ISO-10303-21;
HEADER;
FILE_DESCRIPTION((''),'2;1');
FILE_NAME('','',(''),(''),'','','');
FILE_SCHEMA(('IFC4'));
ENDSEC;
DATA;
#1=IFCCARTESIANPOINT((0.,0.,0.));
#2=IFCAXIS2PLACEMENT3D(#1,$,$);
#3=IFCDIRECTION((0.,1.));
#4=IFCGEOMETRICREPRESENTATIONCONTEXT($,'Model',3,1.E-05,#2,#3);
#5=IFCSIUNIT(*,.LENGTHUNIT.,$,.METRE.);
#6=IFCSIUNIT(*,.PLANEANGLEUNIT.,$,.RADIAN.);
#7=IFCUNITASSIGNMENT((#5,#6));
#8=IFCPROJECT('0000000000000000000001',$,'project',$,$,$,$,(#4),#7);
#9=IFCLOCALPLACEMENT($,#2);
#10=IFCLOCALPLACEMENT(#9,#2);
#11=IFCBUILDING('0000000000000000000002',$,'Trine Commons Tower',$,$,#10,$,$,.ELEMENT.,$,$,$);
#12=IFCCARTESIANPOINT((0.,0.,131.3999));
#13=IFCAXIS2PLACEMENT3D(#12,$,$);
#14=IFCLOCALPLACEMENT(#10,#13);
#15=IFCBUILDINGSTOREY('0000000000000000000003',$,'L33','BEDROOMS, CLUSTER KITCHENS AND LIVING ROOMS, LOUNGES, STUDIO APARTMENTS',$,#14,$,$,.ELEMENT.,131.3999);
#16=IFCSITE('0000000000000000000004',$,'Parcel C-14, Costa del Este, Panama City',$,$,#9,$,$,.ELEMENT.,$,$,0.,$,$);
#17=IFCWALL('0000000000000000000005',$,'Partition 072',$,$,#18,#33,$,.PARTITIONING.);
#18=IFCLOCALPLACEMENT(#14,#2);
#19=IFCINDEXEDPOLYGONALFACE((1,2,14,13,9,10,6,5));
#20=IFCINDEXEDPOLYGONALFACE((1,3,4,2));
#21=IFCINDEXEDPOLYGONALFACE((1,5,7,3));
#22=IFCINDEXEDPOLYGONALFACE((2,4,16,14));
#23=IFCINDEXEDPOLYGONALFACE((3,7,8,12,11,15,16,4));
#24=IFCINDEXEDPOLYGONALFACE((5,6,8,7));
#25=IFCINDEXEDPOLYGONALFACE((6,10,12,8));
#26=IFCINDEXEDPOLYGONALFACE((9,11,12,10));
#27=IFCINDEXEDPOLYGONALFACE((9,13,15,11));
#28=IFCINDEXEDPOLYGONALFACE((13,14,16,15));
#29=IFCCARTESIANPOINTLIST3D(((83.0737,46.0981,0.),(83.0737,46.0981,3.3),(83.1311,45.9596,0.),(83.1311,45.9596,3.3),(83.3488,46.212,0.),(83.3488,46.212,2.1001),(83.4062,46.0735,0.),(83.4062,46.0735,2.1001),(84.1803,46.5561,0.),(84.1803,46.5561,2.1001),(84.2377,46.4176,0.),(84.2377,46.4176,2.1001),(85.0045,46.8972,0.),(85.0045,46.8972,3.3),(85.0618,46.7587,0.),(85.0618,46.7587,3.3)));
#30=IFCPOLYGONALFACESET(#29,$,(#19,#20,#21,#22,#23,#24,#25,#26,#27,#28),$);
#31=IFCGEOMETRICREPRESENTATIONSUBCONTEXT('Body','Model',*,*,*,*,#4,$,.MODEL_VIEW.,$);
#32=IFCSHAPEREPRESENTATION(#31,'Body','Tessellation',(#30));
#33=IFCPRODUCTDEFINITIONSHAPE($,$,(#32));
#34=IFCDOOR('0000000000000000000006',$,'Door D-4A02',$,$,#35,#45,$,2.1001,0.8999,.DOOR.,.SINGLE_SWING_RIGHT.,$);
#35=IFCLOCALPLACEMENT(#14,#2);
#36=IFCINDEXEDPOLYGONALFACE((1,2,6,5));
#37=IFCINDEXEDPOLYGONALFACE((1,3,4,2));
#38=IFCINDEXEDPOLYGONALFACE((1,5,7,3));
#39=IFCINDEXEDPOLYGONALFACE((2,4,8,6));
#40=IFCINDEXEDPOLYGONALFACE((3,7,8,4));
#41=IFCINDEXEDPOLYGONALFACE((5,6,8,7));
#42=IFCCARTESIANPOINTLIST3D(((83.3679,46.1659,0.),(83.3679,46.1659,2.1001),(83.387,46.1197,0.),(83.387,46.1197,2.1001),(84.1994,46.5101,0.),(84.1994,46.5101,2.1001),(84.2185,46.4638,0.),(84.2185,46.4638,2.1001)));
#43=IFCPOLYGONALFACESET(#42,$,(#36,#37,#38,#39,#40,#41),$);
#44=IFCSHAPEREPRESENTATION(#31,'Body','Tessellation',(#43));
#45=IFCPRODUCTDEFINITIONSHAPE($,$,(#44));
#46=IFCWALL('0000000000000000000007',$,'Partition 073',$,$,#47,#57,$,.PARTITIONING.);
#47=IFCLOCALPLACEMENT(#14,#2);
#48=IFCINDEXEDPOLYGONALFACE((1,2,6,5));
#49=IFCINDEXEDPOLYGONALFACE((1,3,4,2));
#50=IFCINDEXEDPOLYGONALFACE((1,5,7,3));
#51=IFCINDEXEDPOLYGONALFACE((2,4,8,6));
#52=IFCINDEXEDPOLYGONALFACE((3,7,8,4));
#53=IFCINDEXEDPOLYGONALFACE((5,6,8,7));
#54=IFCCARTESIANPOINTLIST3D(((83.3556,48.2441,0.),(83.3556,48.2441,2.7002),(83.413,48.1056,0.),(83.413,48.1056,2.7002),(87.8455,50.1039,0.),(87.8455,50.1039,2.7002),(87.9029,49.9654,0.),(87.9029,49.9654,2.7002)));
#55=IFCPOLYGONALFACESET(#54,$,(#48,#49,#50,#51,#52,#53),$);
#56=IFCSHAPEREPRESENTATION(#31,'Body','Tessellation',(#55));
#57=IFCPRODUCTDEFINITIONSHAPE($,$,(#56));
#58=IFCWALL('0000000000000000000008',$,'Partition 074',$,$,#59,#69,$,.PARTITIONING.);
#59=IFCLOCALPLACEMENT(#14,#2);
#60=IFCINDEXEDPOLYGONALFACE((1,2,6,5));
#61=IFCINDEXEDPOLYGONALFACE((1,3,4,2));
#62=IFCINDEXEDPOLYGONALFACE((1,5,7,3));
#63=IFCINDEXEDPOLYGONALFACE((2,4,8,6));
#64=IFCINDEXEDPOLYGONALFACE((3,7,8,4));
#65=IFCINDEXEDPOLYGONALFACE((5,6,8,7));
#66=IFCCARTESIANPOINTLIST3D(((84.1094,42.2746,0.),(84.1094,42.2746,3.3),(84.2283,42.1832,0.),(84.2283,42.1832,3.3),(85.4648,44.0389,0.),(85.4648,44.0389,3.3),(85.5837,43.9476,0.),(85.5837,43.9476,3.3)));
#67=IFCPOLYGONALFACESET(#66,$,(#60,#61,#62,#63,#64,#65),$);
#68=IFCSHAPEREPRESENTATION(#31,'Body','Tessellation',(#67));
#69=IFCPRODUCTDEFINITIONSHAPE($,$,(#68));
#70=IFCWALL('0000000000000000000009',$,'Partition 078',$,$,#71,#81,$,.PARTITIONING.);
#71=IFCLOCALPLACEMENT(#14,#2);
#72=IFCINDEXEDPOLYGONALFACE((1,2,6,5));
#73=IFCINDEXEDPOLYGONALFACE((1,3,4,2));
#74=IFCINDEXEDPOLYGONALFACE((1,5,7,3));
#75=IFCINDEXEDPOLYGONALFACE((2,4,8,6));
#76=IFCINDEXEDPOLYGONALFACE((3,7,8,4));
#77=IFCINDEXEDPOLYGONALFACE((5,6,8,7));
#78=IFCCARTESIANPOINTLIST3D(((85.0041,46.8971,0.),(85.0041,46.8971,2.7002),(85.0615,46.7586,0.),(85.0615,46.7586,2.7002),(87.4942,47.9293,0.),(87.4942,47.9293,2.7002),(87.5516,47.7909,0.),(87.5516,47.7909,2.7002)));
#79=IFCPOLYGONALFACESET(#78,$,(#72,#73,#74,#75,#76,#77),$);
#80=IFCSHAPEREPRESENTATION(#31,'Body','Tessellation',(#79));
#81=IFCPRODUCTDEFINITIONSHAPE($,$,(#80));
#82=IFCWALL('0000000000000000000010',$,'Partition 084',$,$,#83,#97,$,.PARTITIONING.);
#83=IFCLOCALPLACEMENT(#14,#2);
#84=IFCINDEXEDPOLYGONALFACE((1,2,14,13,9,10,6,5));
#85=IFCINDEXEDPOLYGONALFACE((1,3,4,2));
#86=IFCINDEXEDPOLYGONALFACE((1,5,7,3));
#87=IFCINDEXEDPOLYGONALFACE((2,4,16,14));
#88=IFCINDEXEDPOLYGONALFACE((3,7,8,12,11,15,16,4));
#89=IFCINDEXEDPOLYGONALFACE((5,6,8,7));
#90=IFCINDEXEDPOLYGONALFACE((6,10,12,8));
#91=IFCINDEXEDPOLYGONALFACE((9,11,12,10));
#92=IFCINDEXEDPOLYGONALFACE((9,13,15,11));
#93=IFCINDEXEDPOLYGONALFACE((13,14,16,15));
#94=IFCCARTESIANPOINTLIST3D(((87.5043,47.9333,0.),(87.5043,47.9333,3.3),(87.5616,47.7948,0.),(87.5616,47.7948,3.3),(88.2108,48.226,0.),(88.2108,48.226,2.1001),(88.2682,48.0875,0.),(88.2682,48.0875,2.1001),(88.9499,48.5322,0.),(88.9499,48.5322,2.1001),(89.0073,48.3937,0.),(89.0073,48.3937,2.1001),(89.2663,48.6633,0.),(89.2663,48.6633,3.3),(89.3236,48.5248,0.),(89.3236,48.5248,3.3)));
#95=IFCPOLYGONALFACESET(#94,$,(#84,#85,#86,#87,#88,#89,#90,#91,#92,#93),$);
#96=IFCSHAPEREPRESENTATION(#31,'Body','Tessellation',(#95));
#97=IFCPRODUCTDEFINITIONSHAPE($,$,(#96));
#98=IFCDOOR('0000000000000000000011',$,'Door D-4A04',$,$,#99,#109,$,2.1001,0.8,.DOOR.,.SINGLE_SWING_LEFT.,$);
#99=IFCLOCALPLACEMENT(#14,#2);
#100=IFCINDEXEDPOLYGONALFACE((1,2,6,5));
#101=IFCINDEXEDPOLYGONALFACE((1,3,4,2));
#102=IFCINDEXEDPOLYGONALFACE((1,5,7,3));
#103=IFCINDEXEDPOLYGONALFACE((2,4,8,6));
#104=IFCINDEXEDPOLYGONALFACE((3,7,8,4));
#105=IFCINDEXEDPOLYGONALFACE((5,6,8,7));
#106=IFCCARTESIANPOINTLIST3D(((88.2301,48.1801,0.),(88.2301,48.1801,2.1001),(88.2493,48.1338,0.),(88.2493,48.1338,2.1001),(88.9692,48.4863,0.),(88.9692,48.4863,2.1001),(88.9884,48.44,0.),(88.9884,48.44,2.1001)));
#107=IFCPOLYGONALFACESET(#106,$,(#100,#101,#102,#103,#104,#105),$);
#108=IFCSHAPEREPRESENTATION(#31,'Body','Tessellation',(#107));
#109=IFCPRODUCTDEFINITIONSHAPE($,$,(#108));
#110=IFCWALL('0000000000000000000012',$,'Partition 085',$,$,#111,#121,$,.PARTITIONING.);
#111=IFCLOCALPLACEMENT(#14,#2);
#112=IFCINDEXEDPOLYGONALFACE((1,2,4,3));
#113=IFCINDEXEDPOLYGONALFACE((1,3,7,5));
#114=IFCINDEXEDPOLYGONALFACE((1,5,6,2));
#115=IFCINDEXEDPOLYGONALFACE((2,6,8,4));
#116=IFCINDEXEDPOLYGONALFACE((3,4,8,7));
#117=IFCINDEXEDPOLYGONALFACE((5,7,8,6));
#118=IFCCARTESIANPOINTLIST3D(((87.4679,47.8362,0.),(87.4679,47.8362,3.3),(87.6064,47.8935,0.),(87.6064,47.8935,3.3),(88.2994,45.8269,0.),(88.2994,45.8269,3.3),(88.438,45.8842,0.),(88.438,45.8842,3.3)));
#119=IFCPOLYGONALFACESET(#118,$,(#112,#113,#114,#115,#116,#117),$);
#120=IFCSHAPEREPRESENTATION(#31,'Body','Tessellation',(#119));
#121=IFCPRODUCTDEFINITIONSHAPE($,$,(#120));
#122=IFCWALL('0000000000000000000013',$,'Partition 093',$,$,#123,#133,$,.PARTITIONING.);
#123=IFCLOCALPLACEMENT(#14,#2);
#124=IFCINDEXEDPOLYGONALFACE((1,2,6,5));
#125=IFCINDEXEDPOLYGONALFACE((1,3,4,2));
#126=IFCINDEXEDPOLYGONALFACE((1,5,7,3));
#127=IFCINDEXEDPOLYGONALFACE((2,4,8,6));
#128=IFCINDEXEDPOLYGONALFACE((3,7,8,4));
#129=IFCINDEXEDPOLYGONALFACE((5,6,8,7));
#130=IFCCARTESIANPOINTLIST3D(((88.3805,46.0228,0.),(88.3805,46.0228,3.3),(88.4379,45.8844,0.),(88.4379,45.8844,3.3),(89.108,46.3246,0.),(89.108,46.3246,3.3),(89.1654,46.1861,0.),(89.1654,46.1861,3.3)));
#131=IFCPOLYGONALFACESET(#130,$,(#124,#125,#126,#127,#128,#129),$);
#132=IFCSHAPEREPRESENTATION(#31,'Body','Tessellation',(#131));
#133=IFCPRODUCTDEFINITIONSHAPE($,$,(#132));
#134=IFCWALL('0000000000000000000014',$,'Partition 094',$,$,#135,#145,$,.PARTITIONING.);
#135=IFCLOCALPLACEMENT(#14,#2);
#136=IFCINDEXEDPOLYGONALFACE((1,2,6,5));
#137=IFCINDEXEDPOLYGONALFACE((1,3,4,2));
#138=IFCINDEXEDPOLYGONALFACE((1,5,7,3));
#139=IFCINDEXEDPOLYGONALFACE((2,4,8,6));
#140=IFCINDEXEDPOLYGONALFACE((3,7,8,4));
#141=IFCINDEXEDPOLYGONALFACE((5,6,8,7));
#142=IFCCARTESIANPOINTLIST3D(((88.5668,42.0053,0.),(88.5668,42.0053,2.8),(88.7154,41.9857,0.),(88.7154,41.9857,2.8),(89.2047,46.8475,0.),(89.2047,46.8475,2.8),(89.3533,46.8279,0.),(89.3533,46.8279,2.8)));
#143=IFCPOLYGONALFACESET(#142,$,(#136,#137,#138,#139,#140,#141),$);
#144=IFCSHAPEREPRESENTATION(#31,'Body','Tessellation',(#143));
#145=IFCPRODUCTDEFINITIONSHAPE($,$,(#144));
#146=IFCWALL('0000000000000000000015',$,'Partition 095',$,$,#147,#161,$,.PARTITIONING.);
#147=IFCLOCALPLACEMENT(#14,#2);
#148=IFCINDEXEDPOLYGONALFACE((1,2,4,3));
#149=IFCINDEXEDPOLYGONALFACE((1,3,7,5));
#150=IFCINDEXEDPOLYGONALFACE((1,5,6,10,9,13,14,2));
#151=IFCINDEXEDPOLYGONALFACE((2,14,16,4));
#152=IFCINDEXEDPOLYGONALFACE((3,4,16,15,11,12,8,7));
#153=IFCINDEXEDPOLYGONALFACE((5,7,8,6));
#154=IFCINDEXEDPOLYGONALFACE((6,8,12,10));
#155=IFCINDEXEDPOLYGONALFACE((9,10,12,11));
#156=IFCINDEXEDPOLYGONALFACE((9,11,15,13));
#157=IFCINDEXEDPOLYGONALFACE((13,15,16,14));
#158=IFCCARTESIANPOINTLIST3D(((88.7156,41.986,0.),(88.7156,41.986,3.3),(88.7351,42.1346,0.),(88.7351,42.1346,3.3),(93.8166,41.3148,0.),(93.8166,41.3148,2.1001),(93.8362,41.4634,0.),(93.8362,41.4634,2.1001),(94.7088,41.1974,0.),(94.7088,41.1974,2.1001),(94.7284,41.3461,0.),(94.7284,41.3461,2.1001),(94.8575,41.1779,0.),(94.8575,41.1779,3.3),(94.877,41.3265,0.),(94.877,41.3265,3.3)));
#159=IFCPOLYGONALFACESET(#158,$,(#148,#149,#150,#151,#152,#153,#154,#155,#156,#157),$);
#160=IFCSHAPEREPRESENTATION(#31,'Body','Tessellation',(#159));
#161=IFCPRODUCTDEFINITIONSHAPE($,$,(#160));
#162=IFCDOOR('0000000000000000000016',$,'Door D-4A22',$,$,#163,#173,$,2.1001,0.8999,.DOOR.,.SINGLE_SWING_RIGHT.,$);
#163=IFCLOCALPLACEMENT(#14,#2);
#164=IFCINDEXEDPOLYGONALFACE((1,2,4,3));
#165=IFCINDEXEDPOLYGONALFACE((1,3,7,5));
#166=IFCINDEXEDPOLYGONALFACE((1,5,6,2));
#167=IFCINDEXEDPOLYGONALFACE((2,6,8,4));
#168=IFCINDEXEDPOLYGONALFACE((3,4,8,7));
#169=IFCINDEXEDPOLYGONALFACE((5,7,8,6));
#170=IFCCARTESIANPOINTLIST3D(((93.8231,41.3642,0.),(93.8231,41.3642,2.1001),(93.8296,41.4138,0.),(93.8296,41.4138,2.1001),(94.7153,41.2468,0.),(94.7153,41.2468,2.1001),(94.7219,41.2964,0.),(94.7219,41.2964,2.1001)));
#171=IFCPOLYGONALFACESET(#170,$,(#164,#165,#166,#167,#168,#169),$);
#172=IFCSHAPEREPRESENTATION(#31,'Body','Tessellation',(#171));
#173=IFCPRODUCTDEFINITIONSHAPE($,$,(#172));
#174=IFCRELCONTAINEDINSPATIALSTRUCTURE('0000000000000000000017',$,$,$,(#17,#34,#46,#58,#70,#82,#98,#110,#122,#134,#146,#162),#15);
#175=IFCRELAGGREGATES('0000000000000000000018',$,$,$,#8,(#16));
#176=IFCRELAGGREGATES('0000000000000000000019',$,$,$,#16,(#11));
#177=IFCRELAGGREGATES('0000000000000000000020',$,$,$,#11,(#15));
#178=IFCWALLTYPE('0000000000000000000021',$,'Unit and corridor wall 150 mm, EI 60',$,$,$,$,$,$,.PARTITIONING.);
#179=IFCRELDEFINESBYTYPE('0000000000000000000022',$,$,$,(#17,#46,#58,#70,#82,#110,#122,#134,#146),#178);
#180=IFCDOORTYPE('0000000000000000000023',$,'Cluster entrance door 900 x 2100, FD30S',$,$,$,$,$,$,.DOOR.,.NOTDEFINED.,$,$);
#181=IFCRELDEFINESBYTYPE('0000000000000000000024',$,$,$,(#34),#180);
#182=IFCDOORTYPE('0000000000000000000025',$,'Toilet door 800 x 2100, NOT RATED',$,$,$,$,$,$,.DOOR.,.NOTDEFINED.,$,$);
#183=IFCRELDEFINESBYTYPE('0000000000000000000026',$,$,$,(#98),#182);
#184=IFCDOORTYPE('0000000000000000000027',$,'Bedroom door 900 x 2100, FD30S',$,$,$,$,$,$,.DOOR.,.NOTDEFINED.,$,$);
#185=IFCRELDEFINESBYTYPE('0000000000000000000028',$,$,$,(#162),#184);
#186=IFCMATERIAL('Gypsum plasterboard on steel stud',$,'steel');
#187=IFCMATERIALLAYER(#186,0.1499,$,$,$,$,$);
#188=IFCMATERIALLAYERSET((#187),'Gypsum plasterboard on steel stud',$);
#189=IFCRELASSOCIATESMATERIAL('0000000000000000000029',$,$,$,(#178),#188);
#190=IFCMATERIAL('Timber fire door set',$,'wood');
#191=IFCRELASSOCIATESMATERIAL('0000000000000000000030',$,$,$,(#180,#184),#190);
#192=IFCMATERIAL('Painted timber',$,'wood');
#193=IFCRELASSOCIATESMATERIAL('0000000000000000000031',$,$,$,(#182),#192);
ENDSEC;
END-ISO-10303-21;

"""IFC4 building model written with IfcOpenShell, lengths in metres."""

from ifc_helpers import new_model, si_unit, direction, frame, frame_2d, origin, place, context, subcontext, project, spatial, rectangle, extrude, material, layer, layer_set, type_object, element, fill, save


model = new_model("IFC4")

# Units and contexts
model_context = context("Model", 3, precision=1e-05, world=origin(), true_north=direction((0.0, 1.0)))
body_context = subcontext(model_context, "Body", "Model", "MODEL_VIEW")
ifc_project = project(units=[si_unit("LENGTHUNIT", "METRE"), si_unit("PLANEANGLEUNIT", "RADIAN")], contexts=[model_context])

# Site, building, storey
site_placement = place(None, origin())
site = spatial("IfcSite", under=ifc_project, at=site_placement, Name="Parcel C-14, Costa del Este, Panama City", CompositionType="ELEMENT", RefElevation=0.0)
building_placement = place(site_placement, origin())
building = spatial("IfcBuilding", under=site, at=building_placement, Name="Trine Commons Tower", CompositionType="ELEMENT")
storey_placement = place(building_placement, frame((0.0, 0.0, 131.3999)))
storey = spatial("IfcBuildingStorey", under=building, at=storey_placement, Name="L33", Description="BEDROOMS, CLUSTER KITCHENS AND LIVING ROOMS, LOUNGES, STUDIO APARTMENTS", CompositionType="ELEMENT", Elevation=131.3999)

# Wall, opening, door
ifc_material_1 = material(Name="Gypsum plasterboard on steel stud", Category="steel")
ifc_layer_1 = layer(ifc_material_1, 0.1499)
ifc_layer_set_1 = layer_set([ifc_layer_1], Name="Gypsum plasterboard on steel stud")
wall_type_1 = type_object("IfcWallType", Name="Unit and corridor wall 150 mm, EI 60", PredefinedType="PARTITIONING", material=ifc_layer_set_1)
wall_1_placement = place(storey_placement, frame((83.1023, 46.0288, 0.0), z_axis=(0.0, 0.0, 1.0), x_axis=(0.923987, 0.382424, 0.0)))
wall_1 = element("IfcWall", 1, at=wall_1_placement, inside=storey, type_object=wall_type_1, Name="Partition 072", PredefinedType="PARTITIONING", context=body_context, shape_type="SweptSolid", body=[
    extrude(rectangle(XDim=2.0896, YDim=0.1499, at=frame_2d((1.0449, 0.0))), origin(), (0.0, 0.0, 1.0), 3.3),
])
opening_1_placement = place(wall_1_placement, frame((0.2979, 0.0, 0.0)))
opening_1 = element("IfcOpeningElement", 2, at=opening_1_placement, cuts=wall_1, PredefinedType="OPENING", context=body_context, shape_type="SweptSolid", body=[
    extrude(rectangle(XDim=0.8999, YDim=2.1001, at=frame_2d((0.45, 1.05))), frame((0.0, 0.085, 0.0), z_axis=(0.0, -1.0, 0.0), x_axis=(1.0, 0.0, 0.0)), (0.0, 0.0, 1.0), 0.1699),
])
ifc_material_2 = material(Name="Timber fire door set", Category="wood")
door_type_1 = type_object("IfcDoorType", Name="Cluster entrance door 900 x 2100, FD30S", OperationType="NOTDEFINED", PredefinedType="DOOR", material=ifc_material_2)
door_1_placement = place(opening_1_placement, frame((0.8999, 0.0, 0.0), z_axis=(0.0, 0.0, 1.0), x_axis=(-1.0, 0.0, 0.0)))
door_1 = element("IfcDoor", 3, at=door_1_placement, inside=storey, type_object=door_type_1, Name="Door D-4A02", OperationType="SINGLE_SWING_RIGHT", OverallHeight=2.1001, OverallWidth=0.8999, PredefinedType="DOOR", context=body_context, shape_type="SweptSolid", body=[
    extrude(rectangle(XDim=0.8999, YDim=2.1001, at=frame_2d((0.45, 1.05))), frame((0.0, 0.0249, 0.0), z_axis=(0.0, -1.0, 0.0), x_axis=(1.0, 0.0, 0.0)), (0.0, 0.0, 1.0), 0.05),
])
fill(opening_1, door_1)

# Walls
wall_2_placement = place(storey_placement, frame((83.3843, 48.1748, 0.0), z_axis=(0.0, 0.0, 1.0), x_axis=(0.923876, 0.382692, 0.0)))
element("IfcWall", 4, at=wall_2_placement, inside=storey, type_object=wall_type_1, Name="Partition 073", PredefinedType="PARTITIONING", context=body_context, shape_type="SweptSolid", body=[
    extrude(rectangle(XDim=4.8599, YDim=0.1499, at=frame_2d((2.4299, 0.0))), origin(), (0.0, 0.0, 1.0), 2.7002),
])
wall_3_placement = place(storey_placement, frame((84.1689, 42.229, 0.0), z_axis=(0.0, 0.0, 1.0), x_axis=(0.609212, 0.793007, 0.0)))
element("IfcWall", 5, at=wall_3_placement, inside=storey, type_object=wall_type_1, Name="Partition 074", PredefinedType="PARTITIONING", context=body_context, shape_type="SweptSolid", body=[
    extrude(rectangle(XDim=2.2249, YDim=0.1499, at=frame_2d((1.1123, 0.0))), origin(), (0.0, 0.0, 1.0), 3.3),
])
wall_4_placement = place(storey_placement, frame((85.033, 46.8279, 0.0), z_axis=(0.0, 0.0, 1.0), x_axis=(0.923769, 0.382949, 0.0)))
element("IfcWall", 6, at=wall_4_placement, inside=storey, type_object=wall_type_1, Name="Partition 078", PredefinedType="PARTITIONING", context=body_context, shape_type="SweptSolid", body=[
    extrude(rectangle(XDim=2.6956, YDim=0.1499, at=frame_2d((1.3477, 0.0))), origin(), (0.0, 0.0, 1.0), 2.7002),
])

# Wall, opening, door
wall_5_placement = place(storey_placement, frame((87.533, 47.864, 0.0), z_axis=(0.0, 0.0, 1.0), x_axis=(0.923851, 0.382751, 0.0)))
wall_5 = element("IfcWall", 7, at=wall_5_placement, inside=storey, type_object=wall_type_1, Name="Partition 084", PredefinedType="PARTITIONING", context=body_context, shape_type="SweptSolid", body=[
    extrude(rectangle(XDim=1.9072, YDim=0.1499, at=frame_2d((0.9536, 0.0))), origin(), (0.0, 0.0, 1.0), 3.3),
])
opening_2_placement = place(wall_5_placement, frame((0.7649, 0.0, 0.0)))
opening_2 = element("IfcOpeningElement", 8, at=opening_2_placement, cuts=wall_5, PredefinedType="OPENING", context=body_context, shape_type="SweptSolid", body=[
    extrude(rectangle(XDim=0.8, YDim=2.1001, at=frame_2d((0.3999, 1.05))), frame((0.0, 0.085, 0.0), z_axis=(0.0, -1.0, 0.0), x_axis=(1.0, 0.0, 0.0)), (0.0, 0.0, 1.0), 0.1699),
])
ifc_material_3 = material(Name="Painted timber", Category="wood")
door_type_2 = type_object("IfcDoorType", Name="Toilet door 800 x 2100, NOT RATED", OperationType="NOTDEFINED", PredefinedType="DOOR", material=ifc_material_3)
door_2_placement = place(opening_2_placement, frame((0.8, 0.0, 0.0), z_axis=(0.0, 0.0, 1.0), x_axis=(-1.0, 0.0, 0.0)))
door_2 = element("IfcDoor", 9, at=door_2_placement, inside=storey, type_object=door_type_2, Name="Door D-4A04", OperationType="SINGLE_SWING_LEFT", OverallHeight=2.1001, OverallWidth=0.8, PredefinedType="DOOR", context=body_context, shape_type="SweptSolid", body=[
    extrude(rectangle(XDim=0.8, YDim=2.1001, at=frame_2d((0.3999, 1.05))), frame((0.0, 0.0249, 0.0), z_axis=(0.0, -1.0, 0.0), x_axis=(1.0, 0.0, 0.0)), (0.0, 0.0, 1.0), 0.05),
])
fill(opening_2, door_2)

# Walls
wall_6_placement = place(storey_placement, frame((87.5371, 47.865, 0.0), z_axis=(0.0, 0.0, 1.0), x_axis=(0.382398, -0.923998, 0.0)))
element("IfcWall", 10, at=wall_6_placement, inside=storey, type_object=wall_type_1, Name="Partition 085", PredefinedType="PARTITIONING", context=body_context, shape_type="SweptSolid", body=[
    extrude(rectangle(XDim=2.1746, YDim=0.1499, at=frame_2d((1.0874, 0.0))), origin(), (0.0, 0.0, 1.0), 3.3),
])
wall_7_placement = place(storey_placement, frame((88.4092, 45.9536, 0.0), z_axis=(0.0, 0.0, 1.0), x_axis=(0.923699, 0.383118, 0.0)))
element("IfcWall", 11, at=wall_7_placement, inside=storey, type_object=wall_type_1, Name="Partition 093", PredefinedType="PARTITIONING", context=body_context, shape_type="SweptSolid", body=[
    extrude(rectangle(XDim=0.7876, YDim=0.1499, at=frame_2d((0.3938, 0.0))), origin(), (0.0, 0.0, 1.0), 3.3),
])
wall_8_placement = place(storey_placement, frame((88.6411, 41.9956, 0.0), z_axis=(0.0, 0.0, 1.0), x_axis=(0.130615, 0.991433, 0.0)))
element("IfcWall", 12, at=wall_8_placement, inside=storey, type_object=wall_type_1, Name="Partition 094", PredefinedType="PARTITIONING", context=body_context, shape_type="SweptSolid", body=[
    extrude(rectangle(XDim=4.884, YDim=0.1499, at=frame_2d((2.4419, 0.0))), origin(), (0.0, 0.0, 1.0), 2.8),
])

# Wall, opening, door
wall_9_placement = place(storey_placement, frame((88.7253, 42.0603, 0.0), z_axis=(0.0, 0.0, 1.0), x_axis=(0.991455, -0.130449, 0.0)))
wall_9 = element("IfcWall", 13, at=wall_9_placement, inside=storey, type_object=wall_type_1, Name="Partition 095", PredefinedType="PARTITIONING", context=body_context, shape_type="SweptSolid", body=[
    extrude(rectangle(XDim=6.1948, YDim=0.1499, at=frame_2d((3.0974, 0.0))), origin(), (0.0, 0.0, 1.0), 3.3),
])
opening_3_placement = place(wall_9_placement, frame((5.145, 0.0, 0.0)))
opening_3 = element("IfcOpeningElement", 14, at=opening_3_placement, cuts=wall_9, PredefinedType="OPENING", context=body_context, shape_type="SweptSolid", body=[
    extrude(rectangle(XDim=0.8999, YDim=2.1001, at=frame_2d((0.45, 1.05))), frame((0.0, 0.085, 0.0), z_axis=(0.0, -1.0, 0.0), x_axis=(1.0, 0.0, 0.0)), (0.0, 0.0, 1.0), 0.1699),
])
door_type_3 = type_object("IfcDoorType", Name="Bedroom door 900 x 2100, FD30S", OperationType="NOTDEFINED", PredefinedType="DOOR", material=ifc_material_2)
door_3_placement = place(opening_3_placement, origin())
door_3 = element("IfcDoor", 15, at=door_3_placement, inside=storey, type_object=door_type_3, Name="Door D-4A22", OperationType="SINGLE_SWING_RIGHT", OverallHeight=2.1001, OverallWidth=0.8999, PredefinedType="DOOR", context=body_context, shape_type="SweptSolid", body=[
    extrude(rectangle(XDim=0.8999, YDim=2.1001, at=frame_2d((0.45, 1.05))), frame((0.0, 0.0249, 0.0), z_axis=(0.0, -1.0, 0.0), x_axis=(1.0, 0.0, 0.0)), (0.0, 0.0, 1.0), 0.05),
])
fill(opening_3, door_3)

save(model, "model.ifc")
